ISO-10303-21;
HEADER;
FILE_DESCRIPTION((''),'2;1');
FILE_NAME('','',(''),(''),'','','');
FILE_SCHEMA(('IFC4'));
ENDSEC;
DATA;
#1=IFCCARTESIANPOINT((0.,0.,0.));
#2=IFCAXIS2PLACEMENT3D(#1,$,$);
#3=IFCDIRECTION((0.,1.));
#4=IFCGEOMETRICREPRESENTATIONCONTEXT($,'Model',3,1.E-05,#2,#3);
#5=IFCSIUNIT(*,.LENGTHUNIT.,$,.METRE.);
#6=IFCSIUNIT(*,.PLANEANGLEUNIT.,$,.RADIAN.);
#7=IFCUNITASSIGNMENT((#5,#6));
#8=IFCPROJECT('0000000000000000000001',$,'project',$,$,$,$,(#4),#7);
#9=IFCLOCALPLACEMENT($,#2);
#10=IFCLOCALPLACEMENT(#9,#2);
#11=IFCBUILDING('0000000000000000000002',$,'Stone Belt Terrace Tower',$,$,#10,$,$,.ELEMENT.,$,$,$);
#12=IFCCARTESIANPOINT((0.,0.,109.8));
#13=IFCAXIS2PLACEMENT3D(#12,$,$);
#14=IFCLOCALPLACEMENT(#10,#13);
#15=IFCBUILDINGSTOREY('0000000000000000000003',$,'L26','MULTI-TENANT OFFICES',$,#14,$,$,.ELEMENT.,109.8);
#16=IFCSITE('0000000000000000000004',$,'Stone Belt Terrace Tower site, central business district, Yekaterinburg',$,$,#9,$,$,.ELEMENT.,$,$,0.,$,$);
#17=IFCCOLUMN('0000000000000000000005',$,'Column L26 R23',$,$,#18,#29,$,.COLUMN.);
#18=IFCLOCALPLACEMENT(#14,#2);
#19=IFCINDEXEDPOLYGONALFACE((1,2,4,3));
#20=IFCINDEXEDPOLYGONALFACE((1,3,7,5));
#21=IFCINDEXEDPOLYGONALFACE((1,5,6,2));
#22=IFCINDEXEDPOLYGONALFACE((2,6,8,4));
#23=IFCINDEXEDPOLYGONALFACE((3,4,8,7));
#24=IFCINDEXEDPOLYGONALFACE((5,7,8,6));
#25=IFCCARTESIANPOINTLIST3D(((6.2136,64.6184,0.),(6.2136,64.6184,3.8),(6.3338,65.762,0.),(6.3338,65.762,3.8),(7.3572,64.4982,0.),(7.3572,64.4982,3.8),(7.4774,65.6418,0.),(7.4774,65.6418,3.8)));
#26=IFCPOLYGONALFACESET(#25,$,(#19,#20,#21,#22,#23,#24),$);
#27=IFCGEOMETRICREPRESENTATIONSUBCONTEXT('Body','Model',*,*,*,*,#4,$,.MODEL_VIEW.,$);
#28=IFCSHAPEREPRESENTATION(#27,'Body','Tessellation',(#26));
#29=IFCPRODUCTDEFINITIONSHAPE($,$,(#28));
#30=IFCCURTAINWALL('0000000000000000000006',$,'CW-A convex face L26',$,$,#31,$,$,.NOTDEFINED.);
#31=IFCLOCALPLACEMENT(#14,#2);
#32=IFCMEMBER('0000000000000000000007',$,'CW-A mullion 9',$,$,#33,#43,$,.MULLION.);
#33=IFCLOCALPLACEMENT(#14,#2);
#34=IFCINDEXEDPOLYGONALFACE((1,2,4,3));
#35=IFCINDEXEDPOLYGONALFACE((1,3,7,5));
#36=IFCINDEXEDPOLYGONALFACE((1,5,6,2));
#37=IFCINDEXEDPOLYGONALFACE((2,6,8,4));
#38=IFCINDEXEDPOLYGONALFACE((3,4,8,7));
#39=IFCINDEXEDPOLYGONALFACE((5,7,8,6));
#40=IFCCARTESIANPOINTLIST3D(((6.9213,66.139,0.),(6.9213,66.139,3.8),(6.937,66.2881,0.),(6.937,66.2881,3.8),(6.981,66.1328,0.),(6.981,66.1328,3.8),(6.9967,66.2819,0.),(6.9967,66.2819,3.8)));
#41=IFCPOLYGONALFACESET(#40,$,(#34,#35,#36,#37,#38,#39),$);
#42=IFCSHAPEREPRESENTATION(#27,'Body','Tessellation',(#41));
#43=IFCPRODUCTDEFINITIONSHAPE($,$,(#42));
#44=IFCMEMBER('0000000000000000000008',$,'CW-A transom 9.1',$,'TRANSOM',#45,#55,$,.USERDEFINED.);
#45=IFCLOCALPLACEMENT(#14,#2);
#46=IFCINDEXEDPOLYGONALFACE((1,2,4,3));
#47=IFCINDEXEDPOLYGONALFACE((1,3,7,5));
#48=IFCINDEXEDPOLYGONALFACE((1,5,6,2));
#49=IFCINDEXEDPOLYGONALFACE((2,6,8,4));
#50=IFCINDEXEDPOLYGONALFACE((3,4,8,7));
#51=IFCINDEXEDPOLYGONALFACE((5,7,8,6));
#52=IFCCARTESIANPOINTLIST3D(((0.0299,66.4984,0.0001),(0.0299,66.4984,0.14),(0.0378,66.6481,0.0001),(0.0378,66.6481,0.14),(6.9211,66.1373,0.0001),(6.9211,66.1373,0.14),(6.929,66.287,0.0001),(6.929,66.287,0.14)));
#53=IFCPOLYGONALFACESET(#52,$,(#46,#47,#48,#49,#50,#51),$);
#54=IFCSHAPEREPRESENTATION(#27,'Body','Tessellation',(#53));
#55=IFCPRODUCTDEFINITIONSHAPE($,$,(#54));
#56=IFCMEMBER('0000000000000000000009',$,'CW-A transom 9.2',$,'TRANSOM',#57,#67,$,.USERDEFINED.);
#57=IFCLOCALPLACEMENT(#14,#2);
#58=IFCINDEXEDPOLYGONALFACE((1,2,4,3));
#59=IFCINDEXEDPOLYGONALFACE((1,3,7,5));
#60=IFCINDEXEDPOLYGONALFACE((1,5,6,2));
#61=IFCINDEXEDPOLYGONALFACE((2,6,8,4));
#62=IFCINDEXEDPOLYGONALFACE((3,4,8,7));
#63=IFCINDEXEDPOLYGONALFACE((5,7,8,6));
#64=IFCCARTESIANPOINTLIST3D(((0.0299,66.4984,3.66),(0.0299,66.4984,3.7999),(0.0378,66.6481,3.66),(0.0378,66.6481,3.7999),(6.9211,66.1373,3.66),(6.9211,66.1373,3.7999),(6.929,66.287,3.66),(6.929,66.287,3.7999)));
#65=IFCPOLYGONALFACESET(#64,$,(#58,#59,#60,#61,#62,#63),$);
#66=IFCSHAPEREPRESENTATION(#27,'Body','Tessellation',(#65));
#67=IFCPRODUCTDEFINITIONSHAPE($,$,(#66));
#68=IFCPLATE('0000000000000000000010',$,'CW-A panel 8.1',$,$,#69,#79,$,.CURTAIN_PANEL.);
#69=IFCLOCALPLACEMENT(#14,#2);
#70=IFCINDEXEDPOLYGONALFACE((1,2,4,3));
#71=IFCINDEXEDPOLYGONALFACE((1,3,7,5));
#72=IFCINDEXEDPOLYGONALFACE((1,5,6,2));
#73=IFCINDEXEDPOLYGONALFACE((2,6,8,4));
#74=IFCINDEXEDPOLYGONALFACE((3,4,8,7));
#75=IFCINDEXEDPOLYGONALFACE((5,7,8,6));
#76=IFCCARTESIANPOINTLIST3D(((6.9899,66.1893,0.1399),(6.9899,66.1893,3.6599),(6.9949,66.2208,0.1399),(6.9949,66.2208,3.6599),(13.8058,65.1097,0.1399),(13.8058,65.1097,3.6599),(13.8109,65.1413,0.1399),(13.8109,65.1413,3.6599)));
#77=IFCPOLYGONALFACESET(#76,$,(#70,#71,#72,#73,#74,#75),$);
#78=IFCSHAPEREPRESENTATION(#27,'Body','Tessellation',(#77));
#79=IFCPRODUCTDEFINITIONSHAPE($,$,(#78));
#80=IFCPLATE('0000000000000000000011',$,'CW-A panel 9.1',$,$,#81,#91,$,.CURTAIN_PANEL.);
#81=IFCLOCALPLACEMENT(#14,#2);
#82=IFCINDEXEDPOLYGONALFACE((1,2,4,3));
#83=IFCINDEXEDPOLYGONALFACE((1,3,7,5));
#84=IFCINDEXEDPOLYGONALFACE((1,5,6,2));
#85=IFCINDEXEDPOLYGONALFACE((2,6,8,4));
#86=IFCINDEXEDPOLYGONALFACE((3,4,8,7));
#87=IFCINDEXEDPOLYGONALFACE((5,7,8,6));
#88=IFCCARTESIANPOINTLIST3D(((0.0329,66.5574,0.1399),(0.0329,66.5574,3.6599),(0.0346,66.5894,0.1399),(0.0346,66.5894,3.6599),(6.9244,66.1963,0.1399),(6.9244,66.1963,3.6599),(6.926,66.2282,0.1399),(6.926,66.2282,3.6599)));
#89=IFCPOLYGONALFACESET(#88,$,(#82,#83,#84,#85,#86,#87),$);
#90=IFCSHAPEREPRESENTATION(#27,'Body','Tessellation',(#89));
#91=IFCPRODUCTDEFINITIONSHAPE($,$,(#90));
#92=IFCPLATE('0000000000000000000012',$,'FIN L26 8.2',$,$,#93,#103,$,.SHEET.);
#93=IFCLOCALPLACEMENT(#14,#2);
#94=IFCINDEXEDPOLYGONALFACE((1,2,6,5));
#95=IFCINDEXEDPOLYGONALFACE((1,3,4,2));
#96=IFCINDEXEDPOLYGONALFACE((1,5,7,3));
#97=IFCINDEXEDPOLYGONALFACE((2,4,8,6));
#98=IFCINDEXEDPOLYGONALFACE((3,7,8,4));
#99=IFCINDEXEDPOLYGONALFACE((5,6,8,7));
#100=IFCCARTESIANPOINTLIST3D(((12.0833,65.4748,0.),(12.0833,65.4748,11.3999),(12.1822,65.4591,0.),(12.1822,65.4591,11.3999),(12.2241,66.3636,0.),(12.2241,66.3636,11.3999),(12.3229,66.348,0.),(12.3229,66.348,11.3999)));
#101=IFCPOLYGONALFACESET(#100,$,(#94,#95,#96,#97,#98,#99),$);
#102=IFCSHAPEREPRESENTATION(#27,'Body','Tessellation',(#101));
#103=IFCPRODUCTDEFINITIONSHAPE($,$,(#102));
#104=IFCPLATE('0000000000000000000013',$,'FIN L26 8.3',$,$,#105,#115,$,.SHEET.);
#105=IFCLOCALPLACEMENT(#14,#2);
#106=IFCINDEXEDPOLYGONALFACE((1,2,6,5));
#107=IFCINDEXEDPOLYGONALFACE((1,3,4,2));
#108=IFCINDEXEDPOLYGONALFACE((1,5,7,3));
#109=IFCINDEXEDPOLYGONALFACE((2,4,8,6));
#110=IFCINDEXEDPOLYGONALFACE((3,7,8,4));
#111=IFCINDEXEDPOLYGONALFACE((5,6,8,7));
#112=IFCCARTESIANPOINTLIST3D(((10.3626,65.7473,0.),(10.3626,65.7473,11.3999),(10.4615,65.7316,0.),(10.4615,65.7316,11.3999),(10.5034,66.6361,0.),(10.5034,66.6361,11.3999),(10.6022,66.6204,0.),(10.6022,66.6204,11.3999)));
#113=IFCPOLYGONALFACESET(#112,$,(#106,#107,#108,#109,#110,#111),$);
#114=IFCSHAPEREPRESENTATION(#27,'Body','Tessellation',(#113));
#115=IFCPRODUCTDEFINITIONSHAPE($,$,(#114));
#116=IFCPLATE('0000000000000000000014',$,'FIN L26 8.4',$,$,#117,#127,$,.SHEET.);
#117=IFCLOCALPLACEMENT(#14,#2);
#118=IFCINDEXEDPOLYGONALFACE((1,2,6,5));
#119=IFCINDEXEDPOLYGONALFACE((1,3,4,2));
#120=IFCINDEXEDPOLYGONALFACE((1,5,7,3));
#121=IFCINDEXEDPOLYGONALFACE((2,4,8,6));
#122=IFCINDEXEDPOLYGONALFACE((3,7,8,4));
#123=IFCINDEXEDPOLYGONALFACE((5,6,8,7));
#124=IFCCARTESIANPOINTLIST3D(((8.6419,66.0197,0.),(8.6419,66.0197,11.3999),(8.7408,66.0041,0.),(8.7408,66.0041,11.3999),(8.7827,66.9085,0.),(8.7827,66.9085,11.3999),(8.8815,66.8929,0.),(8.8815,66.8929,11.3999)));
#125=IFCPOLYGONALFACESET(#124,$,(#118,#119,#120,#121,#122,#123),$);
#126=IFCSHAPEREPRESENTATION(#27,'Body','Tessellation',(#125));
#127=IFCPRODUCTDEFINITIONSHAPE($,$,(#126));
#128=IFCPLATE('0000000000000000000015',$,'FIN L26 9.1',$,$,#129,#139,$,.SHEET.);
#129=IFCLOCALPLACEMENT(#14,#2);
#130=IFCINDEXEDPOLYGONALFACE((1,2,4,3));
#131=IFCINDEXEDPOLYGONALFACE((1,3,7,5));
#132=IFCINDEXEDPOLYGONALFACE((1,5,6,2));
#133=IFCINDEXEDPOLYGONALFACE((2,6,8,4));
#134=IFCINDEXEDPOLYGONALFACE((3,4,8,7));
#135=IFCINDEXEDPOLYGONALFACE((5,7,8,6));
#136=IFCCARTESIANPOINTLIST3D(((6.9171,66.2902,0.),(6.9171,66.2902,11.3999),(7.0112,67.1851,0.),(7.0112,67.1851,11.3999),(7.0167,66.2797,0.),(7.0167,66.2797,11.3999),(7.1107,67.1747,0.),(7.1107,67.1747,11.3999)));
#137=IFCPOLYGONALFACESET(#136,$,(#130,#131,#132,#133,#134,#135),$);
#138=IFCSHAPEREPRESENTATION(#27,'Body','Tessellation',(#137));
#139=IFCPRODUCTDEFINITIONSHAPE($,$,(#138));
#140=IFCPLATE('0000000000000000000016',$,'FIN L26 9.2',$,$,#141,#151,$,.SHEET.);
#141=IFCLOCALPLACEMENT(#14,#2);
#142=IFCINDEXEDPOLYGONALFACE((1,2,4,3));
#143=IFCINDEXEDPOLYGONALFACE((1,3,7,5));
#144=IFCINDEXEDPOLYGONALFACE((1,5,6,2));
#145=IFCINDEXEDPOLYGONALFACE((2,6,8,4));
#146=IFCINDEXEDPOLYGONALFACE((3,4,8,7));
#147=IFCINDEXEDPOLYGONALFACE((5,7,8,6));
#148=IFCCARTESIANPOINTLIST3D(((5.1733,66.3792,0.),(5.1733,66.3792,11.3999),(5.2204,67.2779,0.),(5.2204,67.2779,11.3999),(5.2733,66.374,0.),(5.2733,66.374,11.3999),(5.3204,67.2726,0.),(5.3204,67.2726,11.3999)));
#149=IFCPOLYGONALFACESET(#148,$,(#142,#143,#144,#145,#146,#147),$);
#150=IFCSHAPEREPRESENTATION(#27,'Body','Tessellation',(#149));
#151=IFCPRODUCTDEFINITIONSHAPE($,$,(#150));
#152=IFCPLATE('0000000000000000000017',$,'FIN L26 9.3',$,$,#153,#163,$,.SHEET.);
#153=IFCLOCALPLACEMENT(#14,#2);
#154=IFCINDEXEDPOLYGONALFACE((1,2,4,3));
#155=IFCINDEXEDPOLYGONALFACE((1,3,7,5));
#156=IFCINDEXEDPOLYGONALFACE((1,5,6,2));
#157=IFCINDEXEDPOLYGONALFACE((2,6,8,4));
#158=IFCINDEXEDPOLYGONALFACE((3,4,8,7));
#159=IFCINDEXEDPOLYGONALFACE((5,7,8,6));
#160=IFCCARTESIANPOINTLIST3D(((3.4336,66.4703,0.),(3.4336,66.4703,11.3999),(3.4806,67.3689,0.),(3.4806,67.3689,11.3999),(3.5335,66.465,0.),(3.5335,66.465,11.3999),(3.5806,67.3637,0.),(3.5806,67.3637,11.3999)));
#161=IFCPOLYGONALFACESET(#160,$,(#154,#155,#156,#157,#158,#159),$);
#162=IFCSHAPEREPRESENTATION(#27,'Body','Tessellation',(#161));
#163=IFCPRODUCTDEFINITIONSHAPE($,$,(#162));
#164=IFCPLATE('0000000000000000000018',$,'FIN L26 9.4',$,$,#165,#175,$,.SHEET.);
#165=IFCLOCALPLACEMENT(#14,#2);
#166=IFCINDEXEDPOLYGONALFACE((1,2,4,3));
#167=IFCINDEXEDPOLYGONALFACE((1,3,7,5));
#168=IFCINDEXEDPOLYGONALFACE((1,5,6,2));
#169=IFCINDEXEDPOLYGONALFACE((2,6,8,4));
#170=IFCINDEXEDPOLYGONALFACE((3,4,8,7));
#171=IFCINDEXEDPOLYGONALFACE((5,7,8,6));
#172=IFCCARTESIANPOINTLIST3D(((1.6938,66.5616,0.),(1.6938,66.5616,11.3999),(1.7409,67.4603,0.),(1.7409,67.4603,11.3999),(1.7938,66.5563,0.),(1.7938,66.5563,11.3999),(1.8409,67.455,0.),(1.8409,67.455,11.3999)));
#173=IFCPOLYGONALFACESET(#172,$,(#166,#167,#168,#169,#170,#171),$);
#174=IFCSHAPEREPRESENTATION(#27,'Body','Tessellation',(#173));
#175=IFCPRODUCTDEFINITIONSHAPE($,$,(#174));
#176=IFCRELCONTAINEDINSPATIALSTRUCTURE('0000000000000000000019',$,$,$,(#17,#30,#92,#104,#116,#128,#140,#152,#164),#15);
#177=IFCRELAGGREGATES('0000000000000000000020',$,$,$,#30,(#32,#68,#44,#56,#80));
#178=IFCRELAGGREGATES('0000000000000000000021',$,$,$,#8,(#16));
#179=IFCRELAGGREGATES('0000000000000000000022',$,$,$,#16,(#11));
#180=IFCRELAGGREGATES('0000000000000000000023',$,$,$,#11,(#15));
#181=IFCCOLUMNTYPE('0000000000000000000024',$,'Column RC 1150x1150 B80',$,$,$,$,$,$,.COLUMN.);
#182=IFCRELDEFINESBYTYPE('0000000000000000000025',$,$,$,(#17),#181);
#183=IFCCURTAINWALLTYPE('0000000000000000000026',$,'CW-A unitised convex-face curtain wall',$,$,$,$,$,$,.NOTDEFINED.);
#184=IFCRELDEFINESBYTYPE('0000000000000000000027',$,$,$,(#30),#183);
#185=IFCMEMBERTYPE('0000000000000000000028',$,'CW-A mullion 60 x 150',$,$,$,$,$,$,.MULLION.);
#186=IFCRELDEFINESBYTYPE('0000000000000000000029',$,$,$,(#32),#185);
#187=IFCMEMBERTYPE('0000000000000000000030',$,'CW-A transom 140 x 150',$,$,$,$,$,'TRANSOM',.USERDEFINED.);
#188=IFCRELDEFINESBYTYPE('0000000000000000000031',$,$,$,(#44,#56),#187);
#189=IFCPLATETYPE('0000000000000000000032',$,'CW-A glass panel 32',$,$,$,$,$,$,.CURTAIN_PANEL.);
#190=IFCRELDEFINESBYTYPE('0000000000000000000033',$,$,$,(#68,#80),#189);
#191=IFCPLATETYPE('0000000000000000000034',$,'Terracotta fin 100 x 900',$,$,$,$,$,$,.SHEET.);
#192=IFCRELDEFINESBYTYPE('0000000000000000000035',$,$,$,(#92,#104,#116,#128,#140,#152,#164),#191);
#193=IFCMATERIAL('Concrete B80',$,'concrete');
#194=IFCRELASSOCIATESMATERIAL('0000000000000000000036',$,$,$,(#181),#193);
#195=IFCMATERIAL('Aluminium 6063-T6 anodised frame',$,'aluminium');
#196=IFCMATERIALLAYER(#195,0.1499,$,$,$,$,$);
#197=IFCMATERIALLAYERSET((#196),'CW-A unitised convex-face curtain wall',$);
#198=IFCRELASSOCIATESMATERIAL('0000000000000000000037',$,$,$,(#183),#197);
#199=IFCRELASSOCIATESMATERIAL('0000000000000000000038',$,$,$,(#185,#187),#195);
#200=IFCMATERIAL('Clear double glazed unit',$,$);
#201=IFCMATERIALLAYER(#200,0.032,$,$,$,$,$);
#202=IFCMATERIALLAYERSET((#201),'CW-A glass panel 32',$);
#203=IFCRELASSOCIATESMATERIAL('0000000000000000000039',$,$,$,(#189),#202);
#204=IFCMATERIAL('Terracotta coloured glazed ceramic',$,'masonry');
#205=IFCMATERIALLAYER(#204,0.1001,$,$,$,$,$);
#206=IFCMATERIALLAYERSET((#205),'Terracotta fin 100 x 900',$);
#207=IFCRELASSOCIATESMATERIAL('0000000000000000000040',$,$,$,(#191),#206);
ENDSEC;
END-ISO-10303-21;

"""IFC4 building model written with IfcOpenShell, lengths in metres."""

from ifc_helpers import new_model, si_unit, direction, frame, origin, origin_2d, place, context, subcontext, project, spatial, rectangle, extrude, material, layer, layer_set, material_profile, profile_set, type_object, element, aggregate, save


model = new_model("IFC4")

# Units and contexts
model_context = context("Model", 3, precision=1e-05, world=origin(), true_north=direction((0.0, 1.0)))
body_context = subcontext(model_context, "Body", "Model", "MODEL_VIEW")
ifc_project = project(units=[si_unit("LENGTHUNIT", "METRE"), si_unit("PLANEANGLEUNIT", "RADIAN")], contexts=[model_context])

# Site, building, storey
site_placement = place(None, origin())
site = spatial("IfcSite", under=ifc_project, at=site_placement, Name="Stone Belt Terrace Tower site, central business district, Yekaterinburg", CompositionType="ELEMENT", RefElevation=0.0)
building_placement = place(site_placement, origin())
building = spatial("IfcBuilding", under=site, at=building_placement, Name="Stone Belt Terrace Tower", CompositionType="ELEMENT")
storey_placement = place(building_placement, frame((0.0, 0.0, 109.8)))
storey = spatial("IfcBuildingStorey", under=building, at=storey_placement, Name="L26", Description="MULTI-TENANT OFFICES", CompositionType="ELEMENT", Elevation=109.8)

# Column
ifc_material_1 = material(Name="Concrete B80", Category="concrete")
ifc_material_profile_1 = material_profile(ifc_material_1, rectangle(XDim=1.1499, YDim=1.1499, at=origin_2d()), Name="RC 1150x1150")
ifc_profile_set_1 = profile_set([ifc_material_profile_1], Name="Concrete B80")
column_type = type_object("IfcColumnType", Name="Column RC 1150x1150 B80", PredefinedType="COLUMN", material=ifc_profile_set_1)
column_placement = place(storey_placement, frame((6.8455, 65.1301, 0.0), z_axis=(0.0, 0.0, 1.0), x_axis=(0.994522, -0.104528, 0.0)))
element("IfcColumn", 1, at=column_placement, inside=storey, type_object=column_type, Name="Column L26 R23", PredefinedType="COLUMN", context=body_context, shape_type="SweptSolid", body=[
    extrude(rectangle(XDim=1.1499, YDim=1.1499, at=origin_2d()), origin(), (0.0, 0.0, 1.0), 3.8),
])

# Curtain wall, members, plates
ifc_material_2 = material(Name="Aluminium 6063-T6 anodised frame", Category="aluminium")
ifc_layer_1 = layer(ifc_material_2, 0.1499)
ifc_layer_set_1 = layer_set([ifc_layer_1], Name="CW-A unitised convex-face curtain wall")
curtain_wall_type = type_object("IfcCurtainWallType", Name="CW-A unitised convex-face curtain wall", PredefinedType="NOTDEFINED", material=ifc_layer_set_1)
curtain_wall_placement = place(storey_placement, origin())
curtain_wall = element("IfcCurtainWall", 2, at=curtain_wall_placement, inside=storey, type_object=curtain_wall_type, Name="CW-A convex face L26", PredefinedType="NOTDEFINED")
ifc_material_profile_2 = material_profile(ifc_material_2, rectangle(XDim=0.1499, YDim=0.0601, at=origin_2d()), Name="Aluminium 6063-T6 60x150")
ifc_profile_set_2 = profile_set([ifc_material_profile_2], Name="Aluminium 6063-T6 anodised frame")
member_type_1 = type_object("IfcMemberType", Name="CW-A mullion 60 x 150", PredefinedType="MULLION", material=ifc_profile_set_2)
member_1_placement = place(storey_placement, frame((6.959, 66.2104, 0.0), z_axis=(0.0, 0.0, 1.0), x_axis=(-0.104528, -0.994522, 0.0)))
member_1 = element("IfcMember", 3, at=member_1_placement, type_object=member_type_1, Name="CW-A mullion 9", PredefinedType="MULLION", context=body_context, shape_type="SweptSolid", body=[
    extrude(rectangle(XDim=0.1499, YDim=0.0601, at=origin_2d()), origin(), (0.0, 0.0, 1.0), 3.8),
])
ifc_material_profile_3 = material_profile(ifc_material_2, rectangle(XDim=0.1499, YDim=0.1399, at=origin_2d()), Name="Aluminium 6063-T6 150x140")
ifc_profile_set_3 = profile_set([ifc_material_profile_3], Name="Aluminium 6063-T6 anodised frame")
member_type_2 = type_object("IfcMemberType", Name="CW-A transom 140 x 150", ElementType="TRANSOM", PredefinedType="USERDEFINED", material=ifc_profile_set_3)
member_2_placement = place(storey_placement, frame((6.925, 66.2122, 0.0701), z_axis=(-0.99863, 0.052327, 0.0), x_axis=(-0.052327, -0.99863, 0.0)))
member_2 = element("IfcMember", 4, at=member_2_placement, type_object=member_type_2, Name="CW-A transom 9.1", ObjectType="TRANSOM", PredefinedType="USERDEFINED", context=body_context, shape_type="SweptSolid", body=[
    extrude(rectangle(XDim=0.1499, YDim=0.1399, at=origin_2d()), origin(), (0.0, 0.0, 1.0), 6.9006),
])
member_3_placement = place(storey_placement, frame((6.925, 66.2122, 3.73), z_axis=(-0.99863, 0.052327, 0.0), x_axis=(-0.052327, -0.99863, 0.0)))
member_3 = element("IfcMember", 5, at=member_3_placement, type_object=member_type_2, Name="CW-A transom 9.2", ObjectType="TRANSOM", PredefinedType="USERDEFINED", context=body_context, shape_type="SweptSolid", body=[
    extrude(rectangle(XDim=0.1499, YDim=0.1399, at=origin_2d()), origin(), (0.0, 0.0, 1.0), 6.9006),
])
ifc_material_3 = material(Name="Clear double glazed unit")
ifc_layer_2 = layer(ifc_material_3, 0.032)
ifc_layer_set_2 = layer_set([ifc_layer_2], Name="CW-A glass panel 32")
plate_type_1 = type_object("IfcPlateType", Name="CW-A glass panel 32", PredefinedType="CURTAIN_PANEL", material=ifc_layer_set_2)
plate_1_placement = place(storey_placement, frame((10.4004, 65.6653, 0.1399), z_axis=(0.0, 0.0, 1.0), x_axis=(-0.987688, 0.156434, 0.0)))
plate_1 = element("IfcPlate", 6, at=plate_1_placement, type_object=plate_type_1, Name="CW-A panel 8.1", PredefinedType="CURTAIN_PANEL", context=body_context, shape_type="SweptSolid", body=[
    extrude(rectangle(XDim=6.9009, YDim=0.032, at=origin_2d()), origin(), (0.0, 0.0, 1.0), 3.52),
])
plate_2_placement = place(storey_placement, frame((3.4795, 66.3928, 0.1399), z_axis=(0.0, 0.0, 1.0), x_axis=(-0.99863, 0.052336, 0.0)))
plate_2 = element("IfcPlate", 7, at=plate_2_placement, type_object=plate_type_1, Name="CW-A panel 9.1", PredefinedType="CURTAIN_PANEL", context=body_context, shape_type="SweptSolid", body=[
    extrude(rectangle(XDim=6.9009, YDim=0.032, at=origin_2d()), origin(), (0.0, 0.0, 1.0), 3.52),
])
aggregate(curtain_wall, [member_1, plate_1, member_2, member_3, plate_2])

# Plates
ifc_material_4 = material(Name="Terracotta coloured glazed ceramic", Category="masonry")
ifc_layer_3 = layer(ifc_material_4, 0.1001)
ifc_layer_set_3 = layer_set([ifc_layer_3], Name="Terracotta fin 100 x 900")
plate_type_2 = type_object("IfcPlateType", Name="Terracotta fin 100 x 900", PredefinedType="SHEET", material=ifc_layer_set_3)
for number, where, z_axis, x_axis, name in (
    (8, (12.2031, 65.9114, 0.0), (0.0, 0.0, 1.0), (0.156434, 0.987688, 0.0), "FIN L26 8.2"),
    (9, (10.4824, 66.1838, 0.0), (0.0, 0.0, 1.0), (0.156434, 0.987688, 0.0), "FIN L26 8.3"),
    (10, (8.7617, 66.4563, 0.0), (0.0, 0.0, 1.0), (0.156434, 0.987688, 0.0), "FIN L26 8.4"),
    (11, (7.0139, 66.7324, 0.0), (0.0, 0.0, 1.0), (0.104528, 0.994522, 0.0), "FIN L26 9.1"),
    (12, (5.2468, 66.8259, 0.0), (0.0, 0.0, 1.0), (0.052336, 0.99863, 0.0), "FIN L26 9.2"),
    (13, (3.5071, 66.917, 0.0), (0.0, 0.0, 1.0), (0.052336, 0.99863, 0.0), "FIN L26 9.3"),
    (14, (1.7673, 67.0083, 0.0), (0.0, 0.0, 1.0), (0.052336, 0.99863, 0.0), "FIN L26 9.4"),
):
    element("IfcPlate", number, at=place(storey_placement, frame(where, z_axis=z_axis, x_axis=x_axis)), inside=storey, type_object=plate_type_2, Name=name, PredefinedType="SHEET", context=body_context, shape_type="SweptSolid", body=[
        extrude(rectangle(XDim=0.8999, YDim=0.1001, at=origin_2d()), origin(), (0.0, 0.0, 1.0), 11.3999),
    ])

save(model, "model.ifc")
